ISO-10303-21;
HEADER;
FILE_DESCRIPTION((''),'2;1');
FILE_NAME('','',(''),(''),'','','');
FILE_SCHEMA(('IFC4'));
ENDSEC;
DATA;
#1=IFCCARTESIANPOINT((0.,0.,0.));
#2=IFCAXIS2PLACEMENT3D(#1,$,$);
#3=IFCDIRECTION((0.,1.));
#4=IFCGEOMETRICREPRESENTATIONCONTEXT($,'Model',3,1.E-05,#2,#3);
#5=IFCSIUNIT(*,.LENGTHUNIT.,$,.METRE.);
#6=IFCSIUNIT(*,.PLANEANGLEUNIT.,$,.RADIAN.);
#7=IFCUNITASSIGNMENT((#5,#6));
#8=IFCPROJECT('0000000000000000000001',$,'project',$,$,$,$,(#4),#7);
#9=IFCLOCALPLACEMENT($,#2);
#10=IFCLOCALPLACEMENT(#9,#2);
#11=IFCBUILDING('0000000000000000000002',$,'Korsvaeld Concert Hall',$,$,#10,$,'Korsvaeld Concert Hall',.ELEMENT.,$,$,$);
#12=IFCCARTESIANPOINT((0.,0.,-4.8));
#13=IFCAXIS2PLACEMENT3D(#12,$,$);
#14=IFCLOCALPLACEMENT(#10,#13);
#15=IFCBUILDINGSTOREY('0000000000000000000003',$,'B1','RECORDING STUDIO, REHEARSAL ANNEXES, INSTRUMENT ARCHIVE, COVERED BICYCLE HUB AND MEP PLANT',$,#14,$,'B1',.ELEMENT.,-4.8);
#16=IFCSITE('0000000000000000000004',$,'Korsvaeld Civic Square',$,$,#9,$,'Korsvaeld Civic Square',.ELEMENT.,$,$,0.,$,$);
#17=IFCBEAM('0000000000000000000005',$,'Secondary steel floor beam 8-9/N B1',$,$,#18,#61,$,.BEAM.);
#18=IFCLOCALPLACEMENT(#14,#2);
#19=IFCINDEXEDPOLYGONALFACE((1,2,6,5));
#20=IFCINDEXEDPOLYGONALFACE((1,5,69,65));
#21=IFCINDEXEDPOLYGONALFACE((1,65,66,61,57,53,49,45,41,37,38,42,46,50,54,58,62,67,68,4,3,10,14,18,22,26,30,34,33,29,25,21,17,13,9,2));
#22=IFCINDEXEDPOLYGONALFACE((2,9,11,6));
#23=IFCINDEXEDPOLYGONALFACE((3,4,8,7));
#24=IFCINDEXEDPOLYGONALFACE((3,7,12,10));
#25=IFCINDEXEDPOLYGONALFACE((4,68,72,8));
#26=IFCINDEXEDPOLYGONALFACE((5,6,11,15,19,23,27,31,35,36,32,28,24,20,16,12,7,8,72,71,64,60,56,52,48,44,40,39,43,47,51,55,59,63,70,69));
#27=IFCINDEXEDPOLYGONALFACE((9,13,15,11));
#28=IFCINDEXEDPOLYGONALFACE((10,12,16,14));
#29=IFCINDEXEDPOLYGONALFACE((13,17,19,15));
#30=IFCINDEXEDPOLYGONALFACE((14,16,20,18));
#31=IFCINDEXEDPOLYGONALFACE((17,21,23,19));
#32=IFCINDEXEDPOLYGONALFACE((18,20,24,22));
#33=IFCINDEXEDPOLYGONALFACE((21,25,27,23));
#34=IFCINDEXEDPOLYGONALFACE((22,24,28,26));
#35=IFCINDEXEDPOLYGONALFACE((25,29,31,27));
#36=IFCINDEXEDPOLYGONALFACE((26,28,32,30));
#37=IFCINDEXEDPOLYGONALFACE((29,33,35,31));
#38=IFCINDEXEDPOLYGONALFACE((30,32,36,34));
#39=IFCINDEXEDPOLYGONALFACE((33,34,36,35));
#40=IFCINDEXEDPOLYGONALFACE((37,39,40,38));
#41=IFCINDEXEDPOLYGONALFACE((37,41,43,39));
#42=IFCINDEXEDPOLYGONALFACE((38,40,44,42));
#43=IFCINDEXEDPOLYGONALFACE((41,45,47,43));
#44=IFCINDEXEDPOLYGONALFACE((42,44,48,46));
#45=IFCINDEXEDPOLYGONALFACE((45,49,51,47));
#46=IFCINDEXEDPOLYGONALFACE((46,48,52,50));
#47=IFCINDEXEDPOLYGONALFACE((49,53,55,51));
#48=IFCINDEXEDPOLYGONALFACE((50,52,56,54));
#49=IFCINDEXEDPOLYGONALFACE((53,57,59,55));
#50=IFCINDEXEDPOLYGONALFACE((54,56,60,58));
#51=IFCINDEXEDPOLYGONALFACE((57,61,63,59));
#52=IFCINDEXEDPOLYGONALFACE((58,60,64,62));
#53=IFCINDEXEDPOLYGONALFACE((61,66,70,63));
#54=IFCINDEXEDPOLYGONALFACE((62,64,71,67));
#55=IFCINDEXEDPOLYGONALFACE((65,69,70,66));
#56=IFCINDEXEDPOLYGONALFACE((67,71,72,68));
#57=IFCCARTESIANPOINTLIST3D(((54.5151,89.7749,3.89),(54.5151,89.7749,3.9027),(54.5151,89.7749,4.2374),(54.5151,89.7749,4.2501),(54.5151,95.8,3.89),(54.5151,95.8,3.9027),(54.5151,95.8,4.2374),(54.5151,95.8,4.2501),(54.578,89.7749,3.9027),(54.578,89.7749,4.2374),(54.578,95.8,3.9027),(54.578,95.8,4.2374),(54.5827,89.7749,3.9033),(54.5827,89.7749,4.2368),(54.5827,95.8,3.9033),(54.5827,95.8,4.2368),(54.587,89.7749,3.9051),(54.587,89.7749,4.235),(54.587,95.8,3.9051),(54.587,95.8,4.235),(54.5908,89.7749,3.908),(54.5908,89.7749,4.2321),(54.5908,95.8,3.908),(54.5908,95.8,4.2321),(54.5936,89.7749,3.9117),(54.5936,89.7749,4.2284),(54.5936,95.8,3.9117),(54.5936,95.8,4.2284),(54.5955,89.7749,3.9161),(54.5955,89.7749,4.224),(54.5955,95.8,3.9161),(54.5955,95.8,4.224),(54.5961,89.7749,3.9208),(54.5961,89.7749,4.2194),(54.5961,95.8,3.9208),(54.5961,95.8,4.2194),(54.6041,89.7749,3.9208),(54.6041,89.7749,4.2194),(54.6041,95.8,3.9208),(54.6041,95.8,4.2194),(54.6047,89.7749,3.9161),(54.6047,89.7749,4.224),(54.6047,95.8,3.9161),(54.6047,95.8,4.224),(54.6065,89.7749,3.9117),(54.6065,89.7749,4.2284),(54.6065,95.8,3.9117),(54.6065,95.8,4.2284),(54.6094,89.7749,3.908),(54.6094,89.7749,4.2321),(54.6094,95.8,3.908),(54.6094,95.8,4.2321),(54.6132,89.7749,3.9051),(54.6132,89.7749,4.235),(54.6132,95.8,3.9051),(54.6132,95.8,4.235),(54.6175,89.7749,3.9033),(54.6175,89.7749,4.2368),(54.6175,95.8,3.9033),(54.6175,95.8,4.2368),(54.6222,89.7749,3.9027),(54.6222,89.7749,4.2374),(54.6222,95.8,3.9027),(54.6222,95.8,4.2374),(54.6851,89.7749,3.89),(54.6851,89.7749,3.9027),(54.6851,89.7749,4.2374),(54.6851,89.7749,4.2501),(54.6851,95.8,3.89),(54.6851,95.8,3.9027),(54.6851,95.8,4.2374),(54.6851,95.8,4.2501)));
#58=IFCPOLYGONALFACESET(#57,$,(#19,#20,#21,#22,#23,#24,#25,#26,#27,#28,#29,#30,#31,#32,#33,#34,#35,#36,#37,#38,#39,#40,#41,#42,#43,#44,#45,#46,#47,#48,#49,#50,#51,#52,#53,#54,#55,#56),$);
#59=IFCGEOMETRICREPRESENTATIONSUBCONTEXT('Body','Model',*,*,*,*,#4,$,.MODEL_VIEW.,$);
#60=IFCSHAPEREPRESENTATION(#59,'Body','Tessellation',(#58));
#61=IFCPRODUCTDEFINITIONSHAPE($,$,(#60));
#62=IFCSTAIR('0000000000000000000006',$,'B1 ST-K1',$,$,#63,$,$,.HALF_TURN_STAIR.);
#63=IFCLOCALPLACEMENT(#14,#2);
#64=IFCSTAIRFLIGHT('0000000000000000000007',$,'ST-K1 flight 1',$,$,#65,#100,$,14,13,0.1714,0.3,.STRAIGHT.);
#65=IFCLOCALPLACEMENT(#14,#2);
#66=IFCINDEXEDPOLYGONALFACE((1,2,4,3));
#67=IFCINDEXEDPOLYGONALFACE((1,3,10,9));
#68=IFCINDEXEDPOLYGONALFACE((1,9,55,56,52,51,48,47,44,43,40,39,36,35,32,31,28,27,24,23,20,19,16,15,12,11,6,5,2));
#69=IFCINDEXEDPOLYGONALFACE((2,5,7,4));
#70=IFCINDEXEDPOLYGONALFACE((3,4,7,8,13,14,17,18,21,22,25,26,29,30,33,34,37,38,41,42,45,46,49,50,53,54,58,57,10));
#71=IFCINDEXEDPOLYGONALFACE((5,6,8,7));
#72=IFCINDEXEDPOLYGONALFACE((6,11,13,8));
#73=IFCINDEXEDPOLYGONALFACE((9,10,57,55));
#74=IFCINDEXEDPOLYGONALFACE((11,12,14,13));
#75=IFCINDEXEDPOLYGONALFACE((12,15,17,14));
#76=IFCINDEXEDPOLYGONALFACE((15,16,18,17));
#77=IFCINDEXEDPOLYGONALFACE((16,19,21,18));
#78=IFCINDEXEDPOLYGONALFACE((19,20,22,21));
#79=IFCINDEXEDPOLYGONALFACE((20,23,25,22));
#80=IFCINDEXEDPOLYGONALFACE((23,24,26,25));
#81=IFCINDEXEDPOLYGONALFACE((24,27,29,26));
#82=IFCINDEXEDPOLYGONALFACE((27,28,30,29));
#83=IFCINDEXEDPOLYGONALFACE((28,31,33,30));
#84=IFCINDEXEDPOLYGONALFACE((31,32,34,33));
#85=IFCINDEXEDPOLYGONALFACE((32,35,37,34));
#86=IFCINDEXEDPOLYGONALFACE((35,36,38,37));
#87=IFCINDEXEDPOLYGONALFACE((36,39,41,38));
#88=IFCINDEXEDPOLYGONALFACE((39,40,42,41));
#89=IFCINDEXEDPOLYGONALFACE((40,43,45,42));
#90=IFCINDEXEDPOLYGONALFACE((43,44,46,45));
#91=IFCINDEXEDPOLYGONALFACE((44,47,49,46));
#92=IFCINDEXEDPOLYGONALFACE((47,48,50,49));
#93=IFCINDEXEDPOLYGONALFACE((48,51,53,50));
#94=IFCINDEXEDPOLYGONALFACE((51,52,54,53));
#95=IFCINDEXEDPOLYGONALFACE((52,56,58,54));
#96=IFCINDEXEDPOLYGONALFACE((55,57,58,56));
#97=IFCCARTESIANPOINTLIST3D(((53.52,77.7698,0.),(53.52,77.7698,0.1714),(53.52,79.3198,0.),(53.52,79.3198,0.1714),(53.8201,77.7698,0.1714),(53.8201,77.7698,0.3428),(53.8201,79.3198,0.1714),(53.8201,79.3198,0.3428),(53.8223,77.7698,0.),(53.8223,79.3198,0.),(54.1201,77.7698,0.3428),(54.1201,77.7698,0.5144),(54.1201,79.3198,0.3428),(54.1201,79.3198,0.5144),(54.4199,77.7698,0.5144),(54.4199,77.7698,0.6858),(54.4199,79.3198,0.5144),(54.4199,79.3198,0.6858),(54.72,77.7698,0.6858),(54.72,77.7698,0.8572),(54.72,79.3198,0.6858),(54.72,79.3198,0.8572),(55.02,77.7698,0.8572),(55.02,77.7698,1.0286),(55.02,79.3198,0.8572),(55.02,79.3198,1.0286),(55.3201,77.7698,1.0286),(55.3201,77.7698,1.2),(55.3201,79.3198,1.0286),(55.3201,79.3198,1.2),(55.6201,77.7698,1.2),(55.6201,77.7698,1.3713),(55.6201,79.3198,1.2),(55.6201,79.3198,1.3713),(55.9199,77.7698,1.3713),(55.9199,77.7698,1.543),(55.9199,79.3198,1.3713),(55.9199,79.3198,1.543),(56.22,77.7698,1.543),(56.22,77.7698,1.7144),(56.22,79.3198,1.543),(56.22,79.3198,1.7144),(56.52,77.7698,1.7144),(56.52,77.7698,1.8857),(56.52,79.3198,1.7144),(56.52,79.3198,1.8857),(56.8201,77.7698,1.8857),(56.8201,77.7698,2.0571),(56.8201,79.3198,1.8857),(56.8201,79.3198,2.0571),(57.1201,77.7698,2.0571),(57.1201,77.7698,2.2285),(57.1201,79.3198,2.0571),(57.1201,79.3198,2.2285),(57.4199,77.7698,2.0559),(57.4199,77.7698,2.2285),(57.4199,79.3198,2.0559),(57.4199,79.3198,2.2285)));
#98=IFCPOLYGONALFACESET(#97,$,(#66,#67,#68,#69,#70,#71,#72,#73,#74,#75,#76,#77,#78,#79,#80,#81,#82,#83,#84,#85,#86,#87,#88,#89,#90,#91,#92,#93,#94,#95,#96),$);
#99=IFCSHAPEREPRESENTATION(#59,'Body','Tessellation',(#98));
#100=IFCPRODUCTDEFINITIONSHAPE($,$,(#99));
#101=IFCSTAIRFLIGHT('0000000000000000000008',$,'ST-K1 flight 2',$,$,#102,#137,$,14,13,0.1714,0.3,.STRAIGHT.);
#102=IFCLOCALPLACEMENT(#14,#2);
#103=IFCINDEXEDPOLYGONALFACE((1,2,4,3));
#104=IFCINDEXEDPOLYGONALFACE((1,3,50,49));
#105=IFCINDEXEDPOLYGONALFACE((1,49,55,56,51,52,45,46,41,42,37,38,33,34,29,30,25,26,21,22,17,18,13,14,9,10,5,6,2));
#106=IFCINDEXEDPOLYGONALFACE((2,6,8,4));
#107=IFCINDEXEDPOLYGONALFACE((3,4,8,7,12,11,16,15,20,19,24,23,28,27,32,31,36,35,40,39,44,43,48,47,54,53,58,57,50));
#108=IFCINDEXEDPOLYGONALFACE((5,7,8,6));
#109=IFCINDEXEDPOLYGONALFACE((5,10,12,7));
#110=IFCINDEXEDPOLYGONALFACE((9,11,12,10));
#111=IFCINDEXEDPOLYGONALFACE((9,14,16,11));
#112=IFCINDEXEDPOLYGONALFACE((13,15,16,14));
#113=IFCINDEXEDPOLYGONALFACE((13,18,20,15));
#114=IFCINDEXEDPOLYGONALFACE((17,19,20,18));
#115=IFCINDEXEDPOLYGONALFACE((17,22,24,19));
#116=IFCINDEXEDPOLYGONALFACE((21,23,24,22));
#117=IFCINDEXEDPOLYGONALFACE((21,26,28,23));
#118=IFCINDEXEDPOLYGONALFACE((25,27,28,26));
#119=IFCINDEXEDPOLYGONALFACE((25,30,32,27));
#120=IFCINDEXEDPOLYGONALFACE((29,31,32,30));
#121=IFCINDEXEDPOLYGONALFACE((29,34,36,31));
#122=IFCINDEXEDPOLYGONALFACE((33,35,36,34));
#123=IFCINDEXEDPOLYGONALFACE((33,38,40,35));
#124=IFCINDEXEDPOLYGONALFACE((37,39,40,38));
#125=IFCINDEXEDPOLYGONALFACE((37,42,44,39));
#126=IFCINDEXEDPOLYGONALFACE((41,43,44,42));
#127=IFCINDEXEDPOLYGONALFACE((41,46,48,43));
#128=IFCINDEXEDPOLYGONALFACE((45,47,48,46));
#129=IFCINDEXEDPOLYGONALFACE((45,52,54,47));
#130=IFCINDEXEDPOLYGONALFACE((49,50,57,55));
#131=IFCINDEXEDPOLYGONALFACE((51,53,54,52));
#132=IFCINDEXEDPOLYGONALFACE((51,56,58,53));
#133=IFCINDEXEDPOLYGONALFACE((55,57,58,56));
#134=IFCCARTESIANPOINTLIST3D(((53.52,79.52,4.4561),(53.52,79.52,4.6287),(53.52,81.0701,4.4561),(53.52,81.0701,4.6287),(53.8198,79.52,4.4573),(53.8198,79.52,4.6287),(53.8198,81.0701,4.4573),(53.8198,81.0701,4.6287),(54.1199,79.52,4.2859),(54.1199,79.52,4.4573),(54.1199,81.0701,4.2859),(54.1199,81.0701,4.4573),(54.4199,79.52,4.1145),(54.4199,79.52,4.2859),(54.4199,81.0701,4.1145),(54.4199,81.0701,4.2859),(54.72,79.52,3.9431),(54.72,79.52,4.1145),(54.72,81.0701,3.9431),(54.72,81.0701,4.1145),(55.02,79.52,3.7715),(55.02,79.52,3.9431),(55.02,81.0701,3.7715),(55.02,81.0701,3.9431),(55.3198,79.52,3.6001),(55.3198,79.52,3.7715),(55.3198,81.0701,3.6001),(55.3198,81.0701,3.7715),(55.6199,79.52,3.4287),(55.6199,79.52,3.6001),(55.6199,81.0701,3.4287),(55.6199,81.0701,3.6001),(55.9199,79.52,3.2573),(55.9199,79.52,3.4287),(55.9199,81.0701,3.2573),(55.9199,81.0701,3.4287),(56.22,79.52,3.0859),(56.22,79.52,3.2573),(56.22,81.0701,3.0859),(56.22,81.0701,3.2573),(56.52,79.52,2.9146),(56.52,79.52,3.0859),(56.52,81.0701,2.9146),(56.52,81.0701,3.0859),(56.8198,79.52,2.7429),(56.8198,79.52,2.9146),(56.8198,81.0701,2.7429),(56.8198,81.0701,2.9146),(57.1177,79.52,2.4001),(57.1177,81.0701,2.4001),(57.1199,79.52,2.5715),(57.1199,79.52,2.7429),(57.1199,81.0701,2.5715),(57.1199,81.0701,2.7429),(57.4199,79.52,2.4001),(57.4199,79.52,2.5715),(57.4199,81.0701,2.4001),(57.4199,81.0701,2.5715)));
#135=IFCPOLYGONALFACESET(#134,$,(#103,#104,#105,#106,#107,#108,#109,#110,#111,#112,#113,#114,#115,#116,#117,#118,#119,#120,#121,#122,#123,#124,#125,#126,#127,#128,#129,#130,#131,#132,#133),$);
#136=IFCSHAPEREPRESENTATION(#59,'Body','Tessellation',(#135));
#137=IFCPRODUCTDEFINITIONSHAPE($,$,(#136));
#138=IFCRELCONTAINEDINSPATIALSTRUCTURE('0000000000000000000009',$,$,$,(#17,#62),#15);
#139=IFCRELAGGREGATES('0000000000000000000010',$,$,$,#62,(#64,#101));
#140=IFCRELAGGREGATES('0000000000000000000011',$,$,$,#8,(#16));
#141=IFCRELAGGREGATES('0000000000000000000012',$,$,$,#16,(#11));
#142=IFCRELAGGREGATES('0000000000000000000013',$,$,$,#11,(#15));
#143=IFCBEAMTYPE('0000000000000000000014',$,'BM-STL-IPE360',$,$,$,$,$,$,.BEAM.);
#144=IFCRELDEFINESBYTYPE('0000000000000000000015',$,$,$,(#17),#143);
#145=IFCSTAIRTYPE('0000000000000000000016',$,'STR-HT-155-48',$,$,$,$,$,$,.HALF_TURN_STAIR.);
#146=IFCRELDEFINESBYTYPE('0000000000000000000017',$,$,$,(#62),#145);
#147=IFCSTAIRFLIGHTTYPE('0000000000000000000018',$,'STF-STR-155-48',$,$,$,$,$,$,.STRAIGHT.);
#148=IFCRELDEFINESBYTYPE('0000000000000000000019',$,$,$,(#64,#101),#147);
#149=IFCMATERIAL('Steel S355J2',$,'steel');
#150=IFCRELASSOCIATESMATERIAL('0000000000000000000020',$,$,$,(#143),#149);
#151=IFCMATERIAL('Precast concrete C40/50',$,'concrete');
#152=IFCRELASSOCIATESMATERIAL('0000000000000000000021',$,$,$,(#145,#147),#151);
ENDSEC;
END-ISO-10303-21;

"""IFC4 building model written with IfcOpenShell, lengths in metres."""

from ifc_helpers import new_model, si_unit, direction, frame, origin, origin_2d, place, context, subcontext, project, spatial, polyline, i_section, outline, extrude, material, material_profile, profile_set, type_object, element, aggregate, save


model = new_model("IFC4")

# Units and contexts
model_context = context("Model", 3, precision=1e-05, world=origin(), true_north=direction((0.0, 1.0)))
body_context = subcontext(model_context, "Body", "Model", "MODEL_VIEW")
ifc_project = project(units=[si_unit("LENGTHUNIT", "METRE"), si_unit("PLANEANGLEUNIT", "RADIAN")], contexts=[model_context])

# Site, building, storey
site_placement = place(None, origin())
site = spatial("IfcSite", under=ifc_project, at=site_placement, Name="Korsvaeld Civic Square", LongName="Korsvaeld Civic Square", CompositionType="ELEMENT", RefElevation=0.0)
building_placement = place(site_placement, origin())
building = spatial("IfcBuilding", under=site, at=building_placement, Name="Korsvaeld Concert Hall", LongName="Korsvaeld Concert Hall", CompositionType="ELEMENT")
storey_placement = place(building_placement, frame((0.0, 0.0, -4.8)))
storey = spatial("IfcBuildingStorey", under=building, at=storey_placement, Name="B1", Description="RECORDING STUDIO, REHEARSAL ANNEXES, INSTRUMENT ARCHIVE, COVERED BICYCLE HUB AND MEP PLANT", LongName="B1", CompositionType="ELEMENT", Elevation=-4.8)

# Beam
ifc_material_1 = material(Name="Steel S355J2", Category="steel")
ifc_material_profile_1 = material_profile(ifc_material_1, i_section(OverallWidth=0.1699, OverallDepth=0.3601, WebThickness=0.0081, FlangeThickness=0.0127, FilletRadius=0.0181, at=origin_2d()), Name="IPE 360")
ifc_profile_set_1 = profile_set([ifc_material_profile_1], Name="Steel S355J2")
beam_type_1 = type_object("IfcBeamType", Name="BM-STL-IPE360", PredefinedType="BEAM", material=ifc_profile_set_1)
beam_1_placement = place(storey_placement, frame((54.6001, 89.7749, 4.0701), z_axis=(0.0, 1.0, 0.0), x_axis=(-1.0, 0.0, 0.0)))
element("IfcBeam", 1, at=beam_1_placement, inside=storey, type_object=beam_type_1, Name="Secondary steel floor beam 8-9/N B1", PredefinedType="BEAM", context=body_context, shape_type="SweptSolid", body=[
    extrude(i_section(OverallWidth=0.1699, OverallDepth=0.3601, WebThickness=0.0081, FlangeThickness=0.0127, FilletRadius=0.0181, at=origin_2d()), origin(), (0.0, 0.0, 1.0), 6.0251),
])

# Stair, stair flights
ifc_material_2 = material(Name="Precast concrete C40/50", Category="concrete")
stair_type = type_object("IfcStairType", Name="STR-HT-155-48", PredefinedType="HALF_TURN_STAIR", material=ifc_material_2)
stair_placement = place(storey_placement, origin())
stair = element("IfcStair", 2, at=stair_placement, inside=storey, type_object=stair_type, Name="B1 ST-K1", PredefinedType="HALF_TURN_STAIR")
stair_flight_type = type_object("IfcStairFlightType", Name="STF-STR-155-48", PredefinedType="STRAIGHT", material=ifc_material_2)
stair_flight_1_placement = place(storey_placement, frame((53.52, 78.5449, 0.0), z_axis=(0.0, 0.0, 1.0), x_axis=(1.0, 0.0, 0.0)))
stair_flight_1 = element("IfcStairFlight", 3, at=stair_flight_1_placement, type_object=stair_flight_type, Name="ST-K1 flight 1", NumberOfRisers=14, NumberOfTreads=13, PredefinedType="STRAIGHT", RiserHeight=0.1714, TreadLength=0.3, context=body_context, shape_type="SweptSolid", body=[
    extrude(outline(polyline([(0.0, 0.0), (0.0, 0.1714), (0.3, 0.1714), (0.3, 0.3428), (0.6001, 0.3428), (0.6001, 0.5144), (0.8999, 0.5144), (0.8999, 0.6858), (1.2, 0.6858), (1.2, 0.8572), (1.5, 0.8572), (1.5, 1.0286), (1.8, 1.0286), (1.8, 1.2), (2.1001, 1.2), (2.1001, 1.3713), (2.3999, 1.3713), (2.3999, 1.543), (2.7, 1.543), (2.7, 1.7144), (3.0, 1.7144), (3.0, 1.8857), (3.3, 1.8857), (3.3, 2.0571), (3.6001, 2.0571), (3.6001, 2.2285), (3.8999, 2.2285), (3.8999, 2.3999), (3.8999, 2.0559), (0.3022, 0.0), (0.0, 0.0)])), frame((0.0, 0.7749, 0.0), z_axis=(0.0, -1.0, 0.0), x_axis=(1.0, 0.0, 0.0)), (0.0, 0.0, 1.0), 1.55),
])
stair_flight_2_placement = place(storey_placement, frame((57.4199, 80.2949, 2.4001), z_axis=(0.0, 0.0, 1.0), x_axis=(-1.0, 0.0, 0.0)))
stair_flight_2 = element("IfcStairFlight", 4, at=stair_flight_2_placement, type_object=stair_flight_type, Name="ST-K1 flight 2", NumberOfRisers=14, NumberOfTreads=13, PredefinedType="STRAIGHT", RiserHeight=0.1714, TreadLength=0.3, context=body_context, shape_type="SweptSolid", body=[
    extrude(outline(polyline([(0.0, 0.0), (0.0, 0.1714), (0.3, 0.1714), (0.3, 0.3428), (0.6001, 0.3428), (0.6001, 0.5144), (0.8999, 0.5144), (0.8999, 0.6858), (1.2, 0.6858), (1.2, 0.8572), (1.5, 0.8572), (1.5, 1.0286), (1.8, 1.0286), (1.8, 1.2), (2.1001, 1.2), (2.1001, 1.3713), (2.3999, 1.3713), (2.3999, 1.543), (2.7, 1.543), (2.7, 1.7144), (3.0, 1.7144), (3.0, 1.8857), (3.3, 1.8857), (3.3, 2.0571), (3.6001, 2.0571), (3.6001, 2.2285), (3.8999, 2.2285), (3.8999, 2.3999), (3.8999, 2.0559), (0.3022, 0.0), (0.0, 0.0)])), frame((0.0, 0.7749, 0.0), z_axis=(0.0, -1.0, 0.0), x_axis=(1.0, 0.0, 0.0)), (0.0, 0.0, 1.0), 1.55),
])
aggregate(stair, [stair_flight_1, stair_flight_2])

save(model, "model.ifc")
